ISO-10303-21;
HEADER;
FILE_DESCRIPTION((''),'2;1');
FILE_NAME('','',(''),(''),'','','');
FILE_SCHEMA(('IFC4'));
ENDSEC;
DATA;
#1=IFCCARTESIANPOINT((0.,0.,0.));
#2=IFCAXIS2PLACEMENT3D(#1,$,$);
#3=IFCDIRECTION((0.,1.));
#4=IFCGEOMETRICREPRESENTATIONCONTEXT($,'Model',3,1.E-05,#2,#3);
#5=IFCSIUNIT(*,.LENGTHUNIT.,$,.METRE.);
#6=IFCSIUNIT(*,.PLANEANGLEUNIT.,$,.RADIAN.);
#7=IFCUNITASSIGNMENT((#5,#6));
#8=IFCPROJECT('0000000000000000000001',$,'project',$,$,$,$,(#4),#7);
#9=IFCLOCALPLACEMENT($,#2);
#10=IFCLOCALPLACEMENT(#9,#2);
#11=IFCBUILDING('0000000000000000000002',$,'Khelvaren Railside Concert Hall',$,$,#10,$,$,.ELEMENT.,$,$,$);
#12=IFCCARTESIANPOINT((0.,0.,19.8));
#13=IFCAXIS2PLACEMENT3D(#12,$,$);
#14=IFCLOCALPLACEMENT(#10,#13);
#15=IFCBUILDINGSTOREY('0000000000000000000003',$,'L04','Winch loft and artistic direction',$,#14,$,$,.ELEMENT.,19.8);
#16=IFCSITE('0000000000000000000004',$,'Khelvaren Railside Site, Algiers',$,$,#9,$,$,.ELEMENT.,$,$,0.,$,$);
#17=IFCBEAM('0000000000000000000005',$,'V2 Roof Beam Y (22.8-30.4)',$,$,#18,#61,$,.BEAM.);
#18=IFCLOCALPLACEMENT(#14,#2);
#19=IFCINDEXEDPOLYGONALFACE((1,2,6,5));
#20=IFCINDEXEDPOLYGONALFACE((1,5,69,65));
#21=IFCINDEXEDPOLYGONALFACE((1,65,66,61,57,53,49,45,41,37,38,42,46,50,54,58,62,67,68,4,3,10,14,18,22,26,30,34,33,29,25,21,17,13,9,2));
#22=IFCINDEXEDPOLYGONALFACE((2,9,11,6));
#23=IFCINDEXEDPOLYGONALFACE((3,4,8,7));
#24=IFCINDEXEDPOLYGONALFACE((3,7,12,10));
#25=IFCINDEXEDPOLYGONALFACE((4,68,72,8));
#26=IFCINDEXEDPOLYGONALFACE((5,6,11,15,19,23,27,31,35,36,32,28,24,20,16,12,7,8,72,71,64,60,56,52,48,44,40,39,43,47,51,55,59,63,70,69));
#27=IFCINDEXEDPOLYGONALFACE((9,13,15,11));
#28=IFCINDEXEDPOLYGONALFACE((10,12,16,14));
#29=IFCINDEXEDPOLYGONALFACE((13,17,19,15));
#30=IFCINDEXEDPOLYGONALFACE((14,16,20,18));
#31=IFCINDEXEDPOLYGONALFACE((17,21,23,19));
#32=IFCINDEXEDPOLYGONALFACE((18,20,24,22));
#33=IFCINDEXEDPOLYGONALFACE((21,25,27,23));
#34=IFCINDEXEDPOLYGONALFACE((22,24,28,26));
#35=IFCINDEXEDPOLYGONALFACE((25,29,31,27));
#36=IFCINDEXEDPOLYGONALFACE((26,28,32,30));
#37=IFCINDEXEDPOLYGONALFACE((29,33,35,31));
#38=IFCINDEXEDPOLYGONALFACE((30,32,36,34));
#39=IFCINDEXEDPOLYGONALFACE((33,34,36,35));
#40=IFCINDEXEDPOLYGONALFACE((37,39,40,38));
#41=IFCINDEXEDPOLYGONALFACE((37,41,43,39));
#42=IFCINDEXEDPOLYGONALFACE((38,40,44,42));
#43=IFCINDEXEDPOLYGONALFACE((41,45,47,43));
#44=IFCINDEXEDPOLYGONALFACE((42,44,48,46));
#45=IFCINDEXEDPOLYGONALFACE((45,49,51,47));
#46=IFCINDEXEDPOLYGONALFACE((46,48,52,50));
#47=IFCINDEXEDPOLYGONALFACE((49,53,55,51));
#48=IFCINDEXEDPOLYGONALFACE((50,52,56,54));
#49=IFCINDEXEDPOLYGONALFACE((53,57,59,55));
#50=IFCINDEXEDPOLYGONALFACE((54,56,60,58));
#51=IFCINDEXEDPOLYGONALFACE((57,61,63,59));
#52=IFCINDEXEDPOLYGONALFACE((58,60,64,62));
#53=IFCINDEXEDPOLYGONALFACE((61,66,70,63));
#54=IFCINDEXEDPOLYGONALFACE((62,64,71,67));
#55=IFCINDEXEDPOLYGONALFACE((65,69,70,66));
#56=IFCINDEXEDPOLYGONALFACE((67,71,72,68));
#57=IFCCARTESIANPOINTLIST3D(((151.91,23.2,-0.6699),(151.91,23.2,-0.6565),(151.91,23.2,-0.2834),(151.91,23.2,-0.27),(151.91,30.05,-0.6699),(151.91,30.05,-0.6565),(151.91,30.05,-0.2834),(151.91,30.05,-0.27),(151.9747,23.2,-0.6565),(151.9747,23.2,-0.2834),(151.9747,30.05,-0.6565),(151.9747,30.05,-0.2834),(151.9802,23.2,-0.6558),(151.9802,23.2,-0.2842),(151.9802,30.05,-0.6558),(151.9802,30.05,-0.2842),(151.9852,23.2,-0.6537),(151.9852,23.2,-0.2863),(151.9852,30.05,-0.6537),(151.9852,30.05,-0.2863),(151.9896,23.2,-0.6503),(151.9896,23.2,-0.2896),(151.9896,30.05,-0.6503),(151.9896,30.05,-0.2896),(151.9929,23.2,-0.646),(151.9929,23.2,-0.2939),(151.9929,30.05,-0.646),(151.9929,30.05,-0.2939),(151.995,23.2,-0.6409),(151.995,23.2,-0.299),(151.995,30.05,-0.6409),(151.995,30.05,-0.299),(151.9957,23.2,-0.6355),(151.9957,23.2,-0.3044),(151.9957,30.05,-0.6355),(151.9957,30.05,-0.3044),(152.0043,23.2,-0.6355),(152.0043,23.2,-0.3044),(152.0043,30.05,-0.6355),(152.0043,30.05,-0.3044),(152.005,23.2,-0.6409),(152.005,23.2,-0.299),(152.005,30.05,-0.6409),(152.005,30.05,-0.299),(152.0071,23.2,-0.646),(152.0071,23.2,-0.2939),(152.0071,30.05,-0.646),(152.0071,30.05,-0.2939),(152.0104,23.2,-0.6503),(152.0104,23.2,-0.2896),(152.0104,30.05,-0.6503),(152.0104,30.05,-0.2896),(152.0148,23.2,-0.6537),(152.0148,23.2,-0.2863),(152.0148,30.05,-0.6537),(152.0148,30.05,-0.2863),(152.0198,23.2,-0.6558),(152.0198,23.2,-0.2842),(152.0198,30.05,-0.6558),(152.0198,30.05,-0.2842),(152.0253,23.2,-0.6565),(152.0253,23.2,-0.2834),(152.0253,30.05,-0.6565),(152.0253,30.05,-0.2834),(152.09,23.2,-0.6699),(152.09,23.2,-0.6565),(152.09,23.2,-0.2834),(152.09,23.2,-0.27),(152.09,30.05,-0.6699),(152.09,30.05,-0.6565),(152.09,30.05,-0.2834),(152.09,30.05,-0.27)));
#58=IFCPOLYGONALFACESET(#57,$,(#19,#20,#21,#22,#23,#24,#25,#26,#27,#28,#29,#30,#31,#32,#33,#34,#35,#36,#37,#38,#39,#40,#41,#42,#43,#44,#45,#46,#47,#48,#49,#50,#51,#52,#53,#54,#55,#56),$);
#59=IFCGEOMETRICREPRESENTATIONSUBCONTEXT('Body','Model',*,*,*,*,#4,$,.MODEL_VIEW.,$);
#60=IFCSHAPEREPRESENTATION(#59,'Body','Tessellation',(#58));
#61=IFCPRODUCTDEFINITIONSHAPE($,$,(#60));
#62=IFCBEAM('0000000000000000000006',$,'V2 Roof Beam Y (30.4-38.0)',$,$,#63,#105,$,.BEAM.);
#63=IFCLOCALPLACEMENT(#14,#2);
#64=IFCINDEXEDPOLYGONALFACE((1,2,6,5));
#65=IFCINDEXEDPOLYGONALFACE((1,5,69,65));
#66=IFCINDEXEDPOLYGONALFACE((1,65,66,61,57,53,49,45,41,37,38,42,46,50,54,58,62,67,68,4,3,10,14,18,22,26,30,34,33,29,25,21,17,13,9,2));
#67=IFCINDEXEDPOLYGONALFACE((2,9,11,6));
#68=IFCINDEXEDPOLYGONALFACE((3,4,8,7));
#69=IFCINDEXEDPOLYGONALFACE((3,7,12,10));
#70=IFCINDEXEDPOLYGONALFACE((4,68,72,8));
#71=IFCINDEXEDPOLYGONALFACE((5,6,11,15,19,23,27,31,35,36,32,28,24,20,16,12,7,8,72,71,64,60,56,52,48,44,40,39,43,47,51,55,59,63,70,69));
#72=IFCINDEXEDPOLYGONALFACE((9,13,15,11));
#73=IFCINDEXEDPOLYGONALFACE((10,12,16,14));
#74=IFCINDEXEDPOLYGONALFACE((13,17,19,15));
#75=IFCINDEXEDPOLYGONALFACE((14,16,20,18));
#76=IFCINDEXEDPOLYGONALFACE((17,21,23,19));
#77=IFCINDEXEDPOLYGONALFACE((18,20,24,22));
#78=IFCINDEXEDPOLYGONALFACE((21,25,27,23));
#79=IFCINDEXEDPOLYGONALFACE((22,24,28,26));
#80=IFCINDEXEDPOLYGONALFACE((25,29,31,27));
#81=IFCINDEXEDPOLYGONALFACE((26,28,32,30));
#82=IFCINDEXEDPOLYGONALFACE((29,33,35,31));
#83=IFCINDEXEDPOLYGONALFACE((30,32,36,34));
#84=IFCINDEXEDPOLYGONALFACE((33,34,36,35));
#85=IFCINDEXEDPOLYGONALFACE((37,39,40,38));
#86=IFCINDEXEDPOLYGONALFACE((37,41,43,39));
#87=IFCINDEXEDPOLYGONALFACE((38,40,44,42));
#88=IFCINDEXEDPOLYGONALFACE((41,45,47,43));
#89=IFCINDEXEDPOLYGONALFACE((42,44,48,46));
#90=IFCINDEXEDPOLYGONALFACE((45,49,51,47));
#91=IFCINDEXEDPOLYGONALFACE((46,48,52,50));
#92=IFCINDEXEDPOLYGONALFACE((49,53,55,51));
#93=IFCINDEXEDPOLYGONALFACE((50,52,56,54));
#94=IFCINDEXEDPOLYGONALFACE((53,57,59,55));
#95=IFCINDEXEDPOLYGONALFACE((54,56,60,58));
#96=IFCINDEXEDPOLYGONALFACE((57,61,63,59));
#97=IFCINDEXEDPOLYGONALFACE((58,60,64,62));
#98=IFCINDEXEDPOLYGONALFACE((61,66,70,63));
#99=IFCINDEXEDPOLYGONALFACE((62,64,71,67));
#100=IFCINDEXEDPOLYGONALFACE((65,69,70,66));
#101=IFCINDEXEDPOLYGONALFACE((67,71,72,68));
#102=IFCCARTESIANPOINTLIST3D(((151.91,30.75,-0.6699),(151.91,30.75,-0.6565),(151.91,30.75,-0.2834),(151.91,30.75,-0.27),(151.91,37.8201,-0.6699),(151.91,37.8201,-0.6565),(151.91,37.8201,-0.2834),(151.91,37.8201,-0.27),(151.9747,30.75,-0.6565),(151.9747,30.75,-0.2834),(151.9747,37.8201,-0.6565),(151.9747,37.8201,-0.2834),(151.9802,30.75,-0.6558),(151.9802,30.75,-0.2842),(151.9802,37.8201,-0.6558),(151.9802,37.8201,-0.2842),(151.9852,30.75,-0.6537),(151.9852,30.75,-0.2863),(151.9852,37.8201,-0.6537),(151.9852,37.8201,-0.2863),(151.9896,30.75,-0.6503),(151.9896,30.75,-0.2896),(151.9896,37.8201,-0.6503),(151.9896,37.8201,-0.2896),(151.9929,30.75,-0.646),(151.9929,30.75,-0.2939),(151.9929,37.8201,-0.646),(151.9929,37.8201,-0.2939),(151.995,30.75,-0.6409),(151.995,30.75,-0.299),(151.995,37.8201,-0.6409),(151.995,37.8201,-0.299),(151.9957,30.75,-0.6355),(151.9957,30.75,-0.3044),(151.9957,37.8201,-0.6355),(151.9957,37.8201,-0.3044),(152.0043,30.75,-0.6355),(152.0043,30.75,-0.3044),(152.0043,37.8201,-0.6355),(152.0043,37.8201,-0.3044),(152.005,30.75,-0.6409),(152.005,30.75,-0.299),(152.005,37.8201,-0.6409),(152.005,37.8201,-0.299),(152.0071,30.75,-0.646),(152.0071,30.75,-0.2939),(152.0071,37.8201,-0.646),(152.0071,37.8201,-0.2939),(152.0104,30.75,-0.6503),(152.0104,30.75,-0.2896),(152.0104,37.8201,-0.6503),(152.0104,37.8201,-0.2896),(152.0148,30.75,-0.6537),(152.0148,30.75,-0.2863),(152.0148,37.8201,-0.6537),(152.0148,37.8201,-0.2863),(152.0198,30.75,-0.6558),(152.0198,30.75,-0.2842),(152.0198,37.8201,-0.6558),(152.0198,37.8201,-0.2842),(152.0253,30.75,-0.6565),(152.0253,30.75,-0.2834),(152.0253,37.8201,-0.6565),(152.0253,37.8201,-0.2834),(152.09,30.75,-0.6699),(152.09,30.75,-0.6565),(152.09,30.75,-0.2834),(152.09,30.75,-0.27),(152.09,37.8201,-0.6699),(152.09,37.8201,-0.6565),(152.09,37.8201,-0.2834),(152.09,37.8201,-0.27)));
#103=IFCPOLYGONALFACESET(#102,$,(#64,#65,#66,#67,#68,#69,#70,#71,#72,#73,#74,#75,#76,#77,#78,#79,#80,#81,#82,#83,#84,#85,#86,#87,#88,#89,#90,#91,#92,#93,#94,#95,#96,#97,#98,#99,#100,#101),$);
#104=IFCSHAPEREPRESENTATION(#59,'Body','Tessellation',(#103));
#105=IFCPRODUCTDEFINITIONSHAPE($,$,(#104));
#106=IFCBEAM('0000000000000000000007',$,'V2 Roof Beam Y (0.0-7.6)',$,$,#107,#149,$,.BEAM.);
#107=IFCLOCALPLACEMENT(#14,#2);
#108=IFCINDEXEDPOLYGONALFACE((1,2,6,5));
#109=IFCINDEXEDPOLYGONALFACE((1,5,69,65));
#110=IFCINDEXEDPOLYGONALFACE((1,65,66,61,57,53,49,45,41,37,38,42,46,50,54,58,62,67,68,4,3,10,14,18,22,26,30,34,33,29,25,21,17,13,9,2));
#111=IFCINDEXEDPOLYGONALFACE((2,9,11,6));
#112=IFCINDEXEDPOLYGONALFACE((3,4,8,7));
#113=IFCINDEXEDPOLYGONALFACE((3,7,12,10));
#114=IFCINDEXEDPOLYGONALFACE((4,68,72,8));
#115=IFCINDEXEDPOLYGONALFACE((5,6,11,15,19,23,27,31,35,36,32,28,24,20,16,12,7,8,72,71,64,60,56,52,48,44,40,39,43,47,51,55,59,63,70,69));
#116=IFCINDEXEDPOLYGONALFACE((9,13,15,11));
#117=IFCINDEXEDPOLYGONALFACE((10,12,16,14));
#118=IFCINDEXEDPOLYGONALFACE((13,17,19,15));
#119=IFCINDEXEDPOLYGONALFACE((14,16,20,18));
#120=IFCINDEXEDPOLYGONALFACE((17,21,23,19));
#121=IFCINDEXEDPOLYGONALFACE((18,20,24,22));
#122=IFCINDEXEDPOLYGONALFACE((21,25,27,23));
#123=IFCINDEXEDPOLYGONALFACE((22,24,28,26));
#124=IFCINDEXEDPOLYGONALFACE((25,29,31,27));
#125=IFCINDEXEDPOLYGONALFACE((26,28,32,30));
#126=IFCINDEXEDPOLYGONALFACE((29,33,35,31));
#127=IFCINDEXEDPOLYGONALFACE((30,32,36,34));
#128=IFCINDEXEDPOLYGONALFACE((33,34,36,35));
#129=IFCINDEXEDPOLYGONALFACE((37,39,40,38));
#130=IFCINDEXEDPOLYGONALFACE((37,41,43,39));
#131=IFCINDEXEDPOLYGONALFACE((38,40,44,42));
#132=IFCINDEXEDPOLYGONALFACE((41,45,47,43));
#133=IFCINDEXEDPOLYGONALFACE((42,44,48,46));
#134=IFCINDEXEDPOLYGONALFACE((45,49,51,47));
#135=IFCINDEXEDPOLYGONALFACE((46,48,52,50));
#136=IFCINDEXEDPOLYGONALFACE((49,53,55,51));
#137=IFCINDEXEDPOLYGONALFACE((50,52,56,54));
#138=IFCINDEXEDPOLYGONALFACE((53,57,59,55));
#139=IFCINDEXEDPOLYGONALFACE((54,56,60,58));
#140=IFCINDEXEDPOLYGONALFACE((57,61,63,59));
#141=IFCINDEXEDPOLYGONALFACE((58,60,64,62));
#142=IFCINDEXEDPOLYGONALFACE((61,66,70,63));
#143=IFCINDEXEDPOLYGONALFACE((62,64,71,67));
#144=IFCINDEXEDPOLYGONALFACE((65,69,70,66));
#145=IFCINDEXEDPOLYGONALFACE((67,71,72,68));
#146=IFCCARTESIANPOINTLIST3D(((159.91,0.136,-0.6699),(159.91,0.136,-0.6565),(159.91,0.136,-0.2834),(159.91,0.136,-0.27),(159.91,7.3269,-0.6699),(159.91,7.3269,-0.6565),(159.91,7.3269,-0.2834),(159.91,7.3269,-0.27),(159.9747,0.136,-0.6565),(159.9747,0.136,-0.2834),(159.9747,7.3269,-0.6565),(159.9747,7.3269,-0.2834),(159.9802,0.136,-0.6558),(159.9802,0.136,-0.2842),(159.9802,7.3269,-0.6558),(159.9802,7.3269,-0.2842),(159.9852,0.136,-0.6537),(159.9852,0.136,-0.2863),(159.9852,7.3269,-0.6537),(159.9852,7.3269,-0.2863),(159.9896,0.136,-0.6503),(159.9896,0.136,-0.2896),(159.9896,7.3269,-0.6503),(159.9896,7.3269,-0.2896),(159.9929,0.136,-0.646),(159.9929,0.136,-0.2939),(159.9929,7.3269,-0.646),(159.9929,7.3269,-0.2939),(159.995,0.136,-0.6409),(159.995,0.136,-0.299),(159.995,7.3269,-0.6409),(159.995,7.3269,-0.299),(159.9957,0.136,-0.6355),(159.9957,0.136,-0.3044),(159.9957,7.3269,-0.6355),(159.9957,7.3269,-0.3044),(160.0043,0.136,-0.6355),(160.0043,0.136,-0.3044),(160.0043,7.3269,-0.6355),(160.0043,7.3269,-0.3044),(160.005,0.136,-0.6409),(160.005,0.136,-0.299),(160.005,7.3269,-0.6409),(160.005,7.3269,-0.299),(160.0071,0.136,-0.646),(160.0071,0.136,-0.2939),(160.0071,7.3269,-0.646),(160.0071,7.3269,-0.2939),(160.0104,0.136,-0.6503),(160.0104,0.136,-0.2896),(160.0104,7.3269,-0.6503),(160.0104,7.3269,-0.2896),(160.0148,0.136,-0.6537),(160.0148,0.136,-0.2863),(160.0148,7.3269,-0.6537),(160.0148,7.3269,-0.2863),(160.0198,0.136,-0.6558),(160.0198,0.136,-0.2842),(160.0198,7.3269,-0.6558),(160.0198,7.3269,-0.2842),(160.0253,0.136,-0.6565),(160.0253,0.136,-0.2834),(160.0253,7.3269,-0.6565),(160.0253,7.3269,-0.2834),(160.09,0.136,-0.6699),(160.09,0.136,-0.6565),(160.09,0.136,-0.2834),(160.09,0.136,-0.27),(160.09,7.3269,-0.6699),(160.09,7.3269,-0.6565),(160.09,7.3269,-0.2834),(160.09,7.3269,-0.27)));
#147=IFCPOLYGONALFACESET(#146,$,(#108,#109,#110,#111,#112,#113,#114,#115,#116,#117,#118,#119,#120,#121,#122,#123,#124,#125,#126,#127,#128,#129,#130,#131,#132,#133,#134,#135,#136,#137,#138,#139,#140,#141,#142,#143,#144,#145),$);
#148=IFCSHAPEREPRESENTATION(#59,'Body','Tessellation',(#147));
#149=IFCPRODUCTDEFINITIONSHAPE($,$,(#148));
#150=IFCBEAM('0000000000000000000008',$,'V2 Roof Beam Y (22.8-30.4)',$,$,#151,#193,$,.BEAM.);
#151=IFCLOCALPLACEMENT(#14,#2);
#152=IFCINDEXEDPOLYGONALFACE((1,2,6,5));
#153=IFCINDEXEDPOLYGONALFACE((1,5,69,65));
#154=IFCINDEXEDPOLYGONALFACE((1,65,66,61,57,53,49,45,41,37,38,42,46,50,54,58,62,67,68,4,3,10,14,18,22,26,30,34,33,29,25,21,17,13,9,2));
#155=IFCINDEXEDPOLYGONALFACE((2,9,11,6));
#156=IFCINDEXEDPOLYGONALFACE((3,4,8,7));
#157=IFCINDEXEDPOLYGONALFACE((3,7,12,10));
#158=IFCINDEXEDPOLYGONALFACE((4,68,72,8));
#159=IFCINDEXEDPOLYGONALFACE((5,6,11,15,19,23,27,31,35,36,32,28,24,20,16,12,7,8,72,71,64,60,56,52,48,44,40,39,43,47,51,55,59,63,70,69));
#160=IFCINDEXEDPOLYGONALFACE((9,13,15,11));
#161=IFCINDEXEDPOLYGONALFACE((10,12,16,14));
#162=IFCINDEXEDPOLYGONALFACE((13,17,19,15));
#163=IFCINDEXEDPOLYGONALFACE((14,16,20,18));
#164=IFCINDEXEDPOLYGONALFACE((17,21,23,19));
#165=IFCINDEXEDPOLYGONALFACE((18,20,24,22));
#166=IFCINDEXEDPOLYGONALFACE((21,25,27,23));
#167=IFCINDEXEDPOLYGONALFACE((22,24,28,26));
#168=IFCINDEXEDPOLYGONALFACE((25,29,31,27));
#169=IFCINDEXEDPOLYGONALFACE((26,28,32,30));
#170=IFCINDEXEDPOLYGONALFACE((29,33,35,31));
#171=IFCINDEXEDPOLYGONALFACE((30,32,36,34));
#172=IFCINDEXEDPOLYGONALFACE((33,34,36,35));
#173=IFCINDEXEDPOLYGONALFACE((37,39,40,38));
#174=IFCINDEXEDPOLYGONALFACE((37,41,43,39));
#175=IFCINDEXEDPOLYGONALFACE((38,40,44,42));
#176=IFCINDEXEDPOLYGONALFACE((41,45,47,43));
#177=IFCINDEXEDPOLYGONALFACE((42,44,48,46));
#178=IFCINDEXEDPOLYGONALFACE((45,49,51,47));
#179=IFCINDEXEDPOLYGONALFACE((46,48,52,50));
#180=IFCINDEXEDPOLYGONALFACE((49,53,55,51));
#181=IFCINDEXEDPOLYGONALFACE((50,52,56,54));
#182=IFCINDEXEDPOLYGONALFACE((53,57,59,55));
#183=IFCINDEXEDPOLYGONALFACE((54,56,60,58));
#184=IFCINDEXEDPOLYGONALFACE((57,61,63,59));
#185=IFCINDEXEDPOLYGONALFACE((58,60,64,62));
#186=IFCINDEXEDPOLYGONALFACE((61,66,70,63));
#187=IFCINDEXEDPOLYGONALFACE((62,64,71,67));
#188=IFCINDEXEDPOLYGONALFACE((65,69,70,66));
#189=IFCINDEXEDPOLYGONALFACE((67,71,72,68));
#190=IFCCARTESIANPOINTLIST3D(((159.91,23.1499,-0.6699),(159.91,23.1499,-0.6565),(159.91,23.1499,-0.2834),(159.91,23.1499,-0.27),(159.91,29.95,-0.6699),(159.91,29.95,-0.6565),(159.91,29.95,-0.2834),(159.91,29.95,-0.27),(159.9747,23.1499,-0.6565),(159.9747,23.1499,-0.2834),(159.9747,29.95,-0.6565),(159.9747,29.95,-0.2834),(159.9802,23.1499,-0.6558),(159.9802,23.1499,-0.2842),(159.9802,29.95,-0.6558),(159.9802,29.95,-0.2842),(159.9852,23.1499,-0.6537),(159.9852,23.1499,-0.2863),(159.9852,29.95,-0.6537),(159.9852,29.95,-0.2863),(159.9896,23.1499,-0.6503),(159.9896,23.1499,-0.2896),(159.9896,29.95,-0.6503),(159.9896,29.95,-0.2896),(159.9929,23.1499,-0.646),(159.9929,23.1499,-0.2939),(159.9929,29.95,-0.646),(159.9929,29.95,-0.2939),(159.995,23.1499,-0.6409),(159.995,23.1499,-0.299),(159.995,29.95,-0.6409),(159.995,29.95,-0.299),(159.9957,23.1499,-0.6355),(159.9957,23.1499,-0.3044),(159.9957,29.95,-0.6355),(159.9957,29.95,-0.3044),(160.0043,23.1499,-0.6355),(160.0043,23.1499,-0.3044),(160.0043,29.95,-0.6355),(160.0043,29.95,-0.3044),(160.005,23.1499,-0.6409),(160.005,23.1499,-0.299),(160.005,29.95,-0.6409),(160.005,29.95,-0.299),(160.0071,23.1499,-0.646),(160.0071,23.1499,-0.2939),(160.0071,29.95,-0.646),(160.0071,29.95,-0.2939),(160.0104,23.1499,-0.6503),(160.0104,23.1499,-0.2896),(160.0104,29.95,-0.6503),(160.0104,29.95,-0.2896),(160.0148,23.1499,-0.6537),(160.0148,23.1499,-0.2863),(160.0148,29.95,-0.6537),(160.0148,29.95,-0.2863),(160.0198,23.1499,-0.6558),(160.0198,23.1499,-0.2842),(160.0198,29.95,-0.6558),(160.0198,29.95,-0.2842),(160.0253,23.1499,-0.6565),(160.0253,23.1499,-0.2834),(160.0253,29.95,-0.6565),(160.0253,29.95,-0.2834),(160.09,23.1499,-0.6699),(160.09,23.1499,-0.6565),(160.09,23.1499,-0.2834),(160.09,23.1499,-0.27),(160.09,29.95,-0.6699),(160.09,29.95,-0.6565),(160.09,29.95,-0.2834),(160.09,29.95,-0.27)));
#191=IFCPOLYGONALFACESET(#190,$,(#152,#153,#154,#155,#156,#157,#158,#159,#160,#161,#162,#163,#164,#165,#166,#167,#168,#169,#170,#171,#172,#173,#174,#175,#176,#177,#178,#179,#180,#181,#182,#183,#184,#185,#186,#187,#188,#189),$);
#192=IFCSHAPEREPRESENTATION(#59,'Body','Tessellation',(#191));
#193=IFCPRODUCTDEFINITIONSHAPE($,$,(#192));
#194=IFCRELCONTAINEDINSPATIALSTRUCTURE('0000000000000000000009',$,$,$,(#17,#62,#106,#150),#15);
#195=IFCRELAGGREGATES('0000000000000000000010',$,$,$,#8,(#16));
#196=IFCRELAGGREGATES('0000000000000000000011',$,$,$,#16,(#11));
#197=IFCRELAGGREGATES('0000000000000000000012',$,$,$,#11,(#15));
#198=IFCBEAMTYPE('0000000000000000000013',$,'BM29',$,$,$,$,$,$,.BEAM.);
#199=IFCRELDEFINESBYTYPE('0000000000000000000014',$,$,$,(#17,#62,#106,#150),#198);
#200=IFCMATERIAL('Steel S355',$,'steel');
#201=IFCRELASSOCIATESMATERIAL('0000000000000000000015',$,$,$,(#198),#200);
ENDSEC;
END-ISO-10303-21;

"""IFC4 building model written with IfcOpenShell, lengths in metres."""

from ifc_helpers import new_model, si_unit, direction, frame, origin, origin_2d, place, context, subcontext, project, spatial, i_section, extrude, material, material_profile, profile_set, type_object, element, save


model = new_model("IFC4")

# Units and contexts
model_context = context("Model", 3, precision=1e-05, world=origin(), true_north=direction((0.0, 1.0)))
body_context = subcontext(model_context, "Body", "Model", "MODEL_VIEW")
ifc_project = project(units=[si_unit("LENGTHUNIT", "METRE"), si_unit("PLANEANGLEUNIT", "RADIAN")], contexts=[model_context])

# Site, building, storey
site_placement = place(None, origin())
site = spatial("IfcSite", under=ifc_project, at=site_placement, Name="Khelvaren Railside Site, Algiers", CompositionType="ELEMENT", RefElevation=0.0)
building_placement = place(site_placement, origin())
building = spatial("IfcBuilding", under=site, at=building_placement, Name="Khelvaren Railside Concert Hall", CompositionType="ELEMENT")
storey_placement = place(building_placement, frame((0.0, 0.0, 19.8)))
storey = spatial("IfcBuildingStorey", under=building, at=storey_placement, Name="L04", Description="Winch loft and artistic direction", CompositionType="ELEMENT", Elevation=19.8)

# Beams
ifc_material_1 = material(Name="Steel S355", Category="steel")
ifc_material_profile_1 = material_profile(ifc_material_1, i_section(OverallWidth=0.1799, OverallDepth=0.3999, WebThickness=0.0085, FlangeThickness=0.0134, FilletRadius=0.021, at=origin_2d()), Name="IPE 400")
ifc_profile_set_1 = profile_set([ifc_material_profile_1], Name="Steel S355")
beam_type_1 = type_object("IfcBeamType", Name="BM29", PredefinedType="BEAM", material=ifc_profile_set_1)
beam_1_placement = place(storey_placement, frame((152.0, 23.2, -0.47), z_axis=(0.0, 1.0, 0.0), x_axis=(-1.0, 0.0, 0.0)))
element("IfcBeam", 1, at=beam_1_placement, inside=storey, type_object=beam_type_1, Name="V2 Roof Beam Y (22.8-30.4)", PredefinedType="BEAM", context=body_context, shape_type="SweptSolid", body=[
    extrude(i_section(OverallWidth=0.1799, OverallDepth=0.3999, WebThickness=0.0085, FlangeThickness=0.0134, FilletRadius=0.021, at=origin_2d()), origin(), (0.0, 0.0, 1.0), 6.8501),
])
beam_2_placement = place(storey_placement, frame((152.0, 30.75, -0.47), z_axis=(0.0, 1.0, 0.0), x_axis=(-1.0, 0.0, 0.0)))
element("IfcBeam", 2, at=beam_2_placement, inside=storey, type_object=beam_type_1, Name="V2 Roof Beam Y (30.4-38.0)", PredefinedType="BEAM", context=body_context, shape_type="SweptSolid", body=[
    extrude(i_section(OverallWidth=0.1799, OverallDepth=0.3999, WebThickness=0.0085, FlangeThickness=0.0134, FilletRadius=0.021, at=origin_2d()), origin(), (0.0, 0.0, 1.0), 7.0701),
])
beam_3_placement = place(storey_placement, frame((160.0, 0.136, -0.47), z_axis=(0.0, 1.0, 0.0), x_axis=(-1.0, 0.0, 0.0)))
element("IfcBeam", 3, at=beam_3_placement, inside=storey, type_object=beam_type_1, Name="V2 Roof Beam Y (0.0-7.6)", PredefinedType="BEAM", context=body_context, shape_type="SweptSolid", body=[
    extrude(i_section(OverallWidth=0.1799, OverallDepth=0.3999, WebThickness=0.0085, FlangeThickness=0.0134, FilletRadius=0.021, at=origin_2d()), origin(), (0.0, 0.0, 1.0), 7.1909),
])
beam_4_placement = place(storey_placement, frame((160.0, 23.1499, -0.47), z_axis=(0.0, 1.0, 0.0), x_axis=(-1.0, 0.0, 0.0)))
element("IfcBeam", 4, at=beam_4_placement, inside=storey, type_object=beam_type_1, Name="V2 Roof Beam Y (22.8-30.4)", PredefinedType="BEAM", context=body_context, shape_type="SweptSolid", body=[
    extrude(i_section(OverallWidth=0.1799, OverallDepth=0.3999, WebThickness=0.0085, FlangeThickness=0.0134, FilletRadius=0.021, at=origin_2d()), origin(), (0.0, 0.0, 1.0), 6.8),
])

save(model, "model.ifc")
